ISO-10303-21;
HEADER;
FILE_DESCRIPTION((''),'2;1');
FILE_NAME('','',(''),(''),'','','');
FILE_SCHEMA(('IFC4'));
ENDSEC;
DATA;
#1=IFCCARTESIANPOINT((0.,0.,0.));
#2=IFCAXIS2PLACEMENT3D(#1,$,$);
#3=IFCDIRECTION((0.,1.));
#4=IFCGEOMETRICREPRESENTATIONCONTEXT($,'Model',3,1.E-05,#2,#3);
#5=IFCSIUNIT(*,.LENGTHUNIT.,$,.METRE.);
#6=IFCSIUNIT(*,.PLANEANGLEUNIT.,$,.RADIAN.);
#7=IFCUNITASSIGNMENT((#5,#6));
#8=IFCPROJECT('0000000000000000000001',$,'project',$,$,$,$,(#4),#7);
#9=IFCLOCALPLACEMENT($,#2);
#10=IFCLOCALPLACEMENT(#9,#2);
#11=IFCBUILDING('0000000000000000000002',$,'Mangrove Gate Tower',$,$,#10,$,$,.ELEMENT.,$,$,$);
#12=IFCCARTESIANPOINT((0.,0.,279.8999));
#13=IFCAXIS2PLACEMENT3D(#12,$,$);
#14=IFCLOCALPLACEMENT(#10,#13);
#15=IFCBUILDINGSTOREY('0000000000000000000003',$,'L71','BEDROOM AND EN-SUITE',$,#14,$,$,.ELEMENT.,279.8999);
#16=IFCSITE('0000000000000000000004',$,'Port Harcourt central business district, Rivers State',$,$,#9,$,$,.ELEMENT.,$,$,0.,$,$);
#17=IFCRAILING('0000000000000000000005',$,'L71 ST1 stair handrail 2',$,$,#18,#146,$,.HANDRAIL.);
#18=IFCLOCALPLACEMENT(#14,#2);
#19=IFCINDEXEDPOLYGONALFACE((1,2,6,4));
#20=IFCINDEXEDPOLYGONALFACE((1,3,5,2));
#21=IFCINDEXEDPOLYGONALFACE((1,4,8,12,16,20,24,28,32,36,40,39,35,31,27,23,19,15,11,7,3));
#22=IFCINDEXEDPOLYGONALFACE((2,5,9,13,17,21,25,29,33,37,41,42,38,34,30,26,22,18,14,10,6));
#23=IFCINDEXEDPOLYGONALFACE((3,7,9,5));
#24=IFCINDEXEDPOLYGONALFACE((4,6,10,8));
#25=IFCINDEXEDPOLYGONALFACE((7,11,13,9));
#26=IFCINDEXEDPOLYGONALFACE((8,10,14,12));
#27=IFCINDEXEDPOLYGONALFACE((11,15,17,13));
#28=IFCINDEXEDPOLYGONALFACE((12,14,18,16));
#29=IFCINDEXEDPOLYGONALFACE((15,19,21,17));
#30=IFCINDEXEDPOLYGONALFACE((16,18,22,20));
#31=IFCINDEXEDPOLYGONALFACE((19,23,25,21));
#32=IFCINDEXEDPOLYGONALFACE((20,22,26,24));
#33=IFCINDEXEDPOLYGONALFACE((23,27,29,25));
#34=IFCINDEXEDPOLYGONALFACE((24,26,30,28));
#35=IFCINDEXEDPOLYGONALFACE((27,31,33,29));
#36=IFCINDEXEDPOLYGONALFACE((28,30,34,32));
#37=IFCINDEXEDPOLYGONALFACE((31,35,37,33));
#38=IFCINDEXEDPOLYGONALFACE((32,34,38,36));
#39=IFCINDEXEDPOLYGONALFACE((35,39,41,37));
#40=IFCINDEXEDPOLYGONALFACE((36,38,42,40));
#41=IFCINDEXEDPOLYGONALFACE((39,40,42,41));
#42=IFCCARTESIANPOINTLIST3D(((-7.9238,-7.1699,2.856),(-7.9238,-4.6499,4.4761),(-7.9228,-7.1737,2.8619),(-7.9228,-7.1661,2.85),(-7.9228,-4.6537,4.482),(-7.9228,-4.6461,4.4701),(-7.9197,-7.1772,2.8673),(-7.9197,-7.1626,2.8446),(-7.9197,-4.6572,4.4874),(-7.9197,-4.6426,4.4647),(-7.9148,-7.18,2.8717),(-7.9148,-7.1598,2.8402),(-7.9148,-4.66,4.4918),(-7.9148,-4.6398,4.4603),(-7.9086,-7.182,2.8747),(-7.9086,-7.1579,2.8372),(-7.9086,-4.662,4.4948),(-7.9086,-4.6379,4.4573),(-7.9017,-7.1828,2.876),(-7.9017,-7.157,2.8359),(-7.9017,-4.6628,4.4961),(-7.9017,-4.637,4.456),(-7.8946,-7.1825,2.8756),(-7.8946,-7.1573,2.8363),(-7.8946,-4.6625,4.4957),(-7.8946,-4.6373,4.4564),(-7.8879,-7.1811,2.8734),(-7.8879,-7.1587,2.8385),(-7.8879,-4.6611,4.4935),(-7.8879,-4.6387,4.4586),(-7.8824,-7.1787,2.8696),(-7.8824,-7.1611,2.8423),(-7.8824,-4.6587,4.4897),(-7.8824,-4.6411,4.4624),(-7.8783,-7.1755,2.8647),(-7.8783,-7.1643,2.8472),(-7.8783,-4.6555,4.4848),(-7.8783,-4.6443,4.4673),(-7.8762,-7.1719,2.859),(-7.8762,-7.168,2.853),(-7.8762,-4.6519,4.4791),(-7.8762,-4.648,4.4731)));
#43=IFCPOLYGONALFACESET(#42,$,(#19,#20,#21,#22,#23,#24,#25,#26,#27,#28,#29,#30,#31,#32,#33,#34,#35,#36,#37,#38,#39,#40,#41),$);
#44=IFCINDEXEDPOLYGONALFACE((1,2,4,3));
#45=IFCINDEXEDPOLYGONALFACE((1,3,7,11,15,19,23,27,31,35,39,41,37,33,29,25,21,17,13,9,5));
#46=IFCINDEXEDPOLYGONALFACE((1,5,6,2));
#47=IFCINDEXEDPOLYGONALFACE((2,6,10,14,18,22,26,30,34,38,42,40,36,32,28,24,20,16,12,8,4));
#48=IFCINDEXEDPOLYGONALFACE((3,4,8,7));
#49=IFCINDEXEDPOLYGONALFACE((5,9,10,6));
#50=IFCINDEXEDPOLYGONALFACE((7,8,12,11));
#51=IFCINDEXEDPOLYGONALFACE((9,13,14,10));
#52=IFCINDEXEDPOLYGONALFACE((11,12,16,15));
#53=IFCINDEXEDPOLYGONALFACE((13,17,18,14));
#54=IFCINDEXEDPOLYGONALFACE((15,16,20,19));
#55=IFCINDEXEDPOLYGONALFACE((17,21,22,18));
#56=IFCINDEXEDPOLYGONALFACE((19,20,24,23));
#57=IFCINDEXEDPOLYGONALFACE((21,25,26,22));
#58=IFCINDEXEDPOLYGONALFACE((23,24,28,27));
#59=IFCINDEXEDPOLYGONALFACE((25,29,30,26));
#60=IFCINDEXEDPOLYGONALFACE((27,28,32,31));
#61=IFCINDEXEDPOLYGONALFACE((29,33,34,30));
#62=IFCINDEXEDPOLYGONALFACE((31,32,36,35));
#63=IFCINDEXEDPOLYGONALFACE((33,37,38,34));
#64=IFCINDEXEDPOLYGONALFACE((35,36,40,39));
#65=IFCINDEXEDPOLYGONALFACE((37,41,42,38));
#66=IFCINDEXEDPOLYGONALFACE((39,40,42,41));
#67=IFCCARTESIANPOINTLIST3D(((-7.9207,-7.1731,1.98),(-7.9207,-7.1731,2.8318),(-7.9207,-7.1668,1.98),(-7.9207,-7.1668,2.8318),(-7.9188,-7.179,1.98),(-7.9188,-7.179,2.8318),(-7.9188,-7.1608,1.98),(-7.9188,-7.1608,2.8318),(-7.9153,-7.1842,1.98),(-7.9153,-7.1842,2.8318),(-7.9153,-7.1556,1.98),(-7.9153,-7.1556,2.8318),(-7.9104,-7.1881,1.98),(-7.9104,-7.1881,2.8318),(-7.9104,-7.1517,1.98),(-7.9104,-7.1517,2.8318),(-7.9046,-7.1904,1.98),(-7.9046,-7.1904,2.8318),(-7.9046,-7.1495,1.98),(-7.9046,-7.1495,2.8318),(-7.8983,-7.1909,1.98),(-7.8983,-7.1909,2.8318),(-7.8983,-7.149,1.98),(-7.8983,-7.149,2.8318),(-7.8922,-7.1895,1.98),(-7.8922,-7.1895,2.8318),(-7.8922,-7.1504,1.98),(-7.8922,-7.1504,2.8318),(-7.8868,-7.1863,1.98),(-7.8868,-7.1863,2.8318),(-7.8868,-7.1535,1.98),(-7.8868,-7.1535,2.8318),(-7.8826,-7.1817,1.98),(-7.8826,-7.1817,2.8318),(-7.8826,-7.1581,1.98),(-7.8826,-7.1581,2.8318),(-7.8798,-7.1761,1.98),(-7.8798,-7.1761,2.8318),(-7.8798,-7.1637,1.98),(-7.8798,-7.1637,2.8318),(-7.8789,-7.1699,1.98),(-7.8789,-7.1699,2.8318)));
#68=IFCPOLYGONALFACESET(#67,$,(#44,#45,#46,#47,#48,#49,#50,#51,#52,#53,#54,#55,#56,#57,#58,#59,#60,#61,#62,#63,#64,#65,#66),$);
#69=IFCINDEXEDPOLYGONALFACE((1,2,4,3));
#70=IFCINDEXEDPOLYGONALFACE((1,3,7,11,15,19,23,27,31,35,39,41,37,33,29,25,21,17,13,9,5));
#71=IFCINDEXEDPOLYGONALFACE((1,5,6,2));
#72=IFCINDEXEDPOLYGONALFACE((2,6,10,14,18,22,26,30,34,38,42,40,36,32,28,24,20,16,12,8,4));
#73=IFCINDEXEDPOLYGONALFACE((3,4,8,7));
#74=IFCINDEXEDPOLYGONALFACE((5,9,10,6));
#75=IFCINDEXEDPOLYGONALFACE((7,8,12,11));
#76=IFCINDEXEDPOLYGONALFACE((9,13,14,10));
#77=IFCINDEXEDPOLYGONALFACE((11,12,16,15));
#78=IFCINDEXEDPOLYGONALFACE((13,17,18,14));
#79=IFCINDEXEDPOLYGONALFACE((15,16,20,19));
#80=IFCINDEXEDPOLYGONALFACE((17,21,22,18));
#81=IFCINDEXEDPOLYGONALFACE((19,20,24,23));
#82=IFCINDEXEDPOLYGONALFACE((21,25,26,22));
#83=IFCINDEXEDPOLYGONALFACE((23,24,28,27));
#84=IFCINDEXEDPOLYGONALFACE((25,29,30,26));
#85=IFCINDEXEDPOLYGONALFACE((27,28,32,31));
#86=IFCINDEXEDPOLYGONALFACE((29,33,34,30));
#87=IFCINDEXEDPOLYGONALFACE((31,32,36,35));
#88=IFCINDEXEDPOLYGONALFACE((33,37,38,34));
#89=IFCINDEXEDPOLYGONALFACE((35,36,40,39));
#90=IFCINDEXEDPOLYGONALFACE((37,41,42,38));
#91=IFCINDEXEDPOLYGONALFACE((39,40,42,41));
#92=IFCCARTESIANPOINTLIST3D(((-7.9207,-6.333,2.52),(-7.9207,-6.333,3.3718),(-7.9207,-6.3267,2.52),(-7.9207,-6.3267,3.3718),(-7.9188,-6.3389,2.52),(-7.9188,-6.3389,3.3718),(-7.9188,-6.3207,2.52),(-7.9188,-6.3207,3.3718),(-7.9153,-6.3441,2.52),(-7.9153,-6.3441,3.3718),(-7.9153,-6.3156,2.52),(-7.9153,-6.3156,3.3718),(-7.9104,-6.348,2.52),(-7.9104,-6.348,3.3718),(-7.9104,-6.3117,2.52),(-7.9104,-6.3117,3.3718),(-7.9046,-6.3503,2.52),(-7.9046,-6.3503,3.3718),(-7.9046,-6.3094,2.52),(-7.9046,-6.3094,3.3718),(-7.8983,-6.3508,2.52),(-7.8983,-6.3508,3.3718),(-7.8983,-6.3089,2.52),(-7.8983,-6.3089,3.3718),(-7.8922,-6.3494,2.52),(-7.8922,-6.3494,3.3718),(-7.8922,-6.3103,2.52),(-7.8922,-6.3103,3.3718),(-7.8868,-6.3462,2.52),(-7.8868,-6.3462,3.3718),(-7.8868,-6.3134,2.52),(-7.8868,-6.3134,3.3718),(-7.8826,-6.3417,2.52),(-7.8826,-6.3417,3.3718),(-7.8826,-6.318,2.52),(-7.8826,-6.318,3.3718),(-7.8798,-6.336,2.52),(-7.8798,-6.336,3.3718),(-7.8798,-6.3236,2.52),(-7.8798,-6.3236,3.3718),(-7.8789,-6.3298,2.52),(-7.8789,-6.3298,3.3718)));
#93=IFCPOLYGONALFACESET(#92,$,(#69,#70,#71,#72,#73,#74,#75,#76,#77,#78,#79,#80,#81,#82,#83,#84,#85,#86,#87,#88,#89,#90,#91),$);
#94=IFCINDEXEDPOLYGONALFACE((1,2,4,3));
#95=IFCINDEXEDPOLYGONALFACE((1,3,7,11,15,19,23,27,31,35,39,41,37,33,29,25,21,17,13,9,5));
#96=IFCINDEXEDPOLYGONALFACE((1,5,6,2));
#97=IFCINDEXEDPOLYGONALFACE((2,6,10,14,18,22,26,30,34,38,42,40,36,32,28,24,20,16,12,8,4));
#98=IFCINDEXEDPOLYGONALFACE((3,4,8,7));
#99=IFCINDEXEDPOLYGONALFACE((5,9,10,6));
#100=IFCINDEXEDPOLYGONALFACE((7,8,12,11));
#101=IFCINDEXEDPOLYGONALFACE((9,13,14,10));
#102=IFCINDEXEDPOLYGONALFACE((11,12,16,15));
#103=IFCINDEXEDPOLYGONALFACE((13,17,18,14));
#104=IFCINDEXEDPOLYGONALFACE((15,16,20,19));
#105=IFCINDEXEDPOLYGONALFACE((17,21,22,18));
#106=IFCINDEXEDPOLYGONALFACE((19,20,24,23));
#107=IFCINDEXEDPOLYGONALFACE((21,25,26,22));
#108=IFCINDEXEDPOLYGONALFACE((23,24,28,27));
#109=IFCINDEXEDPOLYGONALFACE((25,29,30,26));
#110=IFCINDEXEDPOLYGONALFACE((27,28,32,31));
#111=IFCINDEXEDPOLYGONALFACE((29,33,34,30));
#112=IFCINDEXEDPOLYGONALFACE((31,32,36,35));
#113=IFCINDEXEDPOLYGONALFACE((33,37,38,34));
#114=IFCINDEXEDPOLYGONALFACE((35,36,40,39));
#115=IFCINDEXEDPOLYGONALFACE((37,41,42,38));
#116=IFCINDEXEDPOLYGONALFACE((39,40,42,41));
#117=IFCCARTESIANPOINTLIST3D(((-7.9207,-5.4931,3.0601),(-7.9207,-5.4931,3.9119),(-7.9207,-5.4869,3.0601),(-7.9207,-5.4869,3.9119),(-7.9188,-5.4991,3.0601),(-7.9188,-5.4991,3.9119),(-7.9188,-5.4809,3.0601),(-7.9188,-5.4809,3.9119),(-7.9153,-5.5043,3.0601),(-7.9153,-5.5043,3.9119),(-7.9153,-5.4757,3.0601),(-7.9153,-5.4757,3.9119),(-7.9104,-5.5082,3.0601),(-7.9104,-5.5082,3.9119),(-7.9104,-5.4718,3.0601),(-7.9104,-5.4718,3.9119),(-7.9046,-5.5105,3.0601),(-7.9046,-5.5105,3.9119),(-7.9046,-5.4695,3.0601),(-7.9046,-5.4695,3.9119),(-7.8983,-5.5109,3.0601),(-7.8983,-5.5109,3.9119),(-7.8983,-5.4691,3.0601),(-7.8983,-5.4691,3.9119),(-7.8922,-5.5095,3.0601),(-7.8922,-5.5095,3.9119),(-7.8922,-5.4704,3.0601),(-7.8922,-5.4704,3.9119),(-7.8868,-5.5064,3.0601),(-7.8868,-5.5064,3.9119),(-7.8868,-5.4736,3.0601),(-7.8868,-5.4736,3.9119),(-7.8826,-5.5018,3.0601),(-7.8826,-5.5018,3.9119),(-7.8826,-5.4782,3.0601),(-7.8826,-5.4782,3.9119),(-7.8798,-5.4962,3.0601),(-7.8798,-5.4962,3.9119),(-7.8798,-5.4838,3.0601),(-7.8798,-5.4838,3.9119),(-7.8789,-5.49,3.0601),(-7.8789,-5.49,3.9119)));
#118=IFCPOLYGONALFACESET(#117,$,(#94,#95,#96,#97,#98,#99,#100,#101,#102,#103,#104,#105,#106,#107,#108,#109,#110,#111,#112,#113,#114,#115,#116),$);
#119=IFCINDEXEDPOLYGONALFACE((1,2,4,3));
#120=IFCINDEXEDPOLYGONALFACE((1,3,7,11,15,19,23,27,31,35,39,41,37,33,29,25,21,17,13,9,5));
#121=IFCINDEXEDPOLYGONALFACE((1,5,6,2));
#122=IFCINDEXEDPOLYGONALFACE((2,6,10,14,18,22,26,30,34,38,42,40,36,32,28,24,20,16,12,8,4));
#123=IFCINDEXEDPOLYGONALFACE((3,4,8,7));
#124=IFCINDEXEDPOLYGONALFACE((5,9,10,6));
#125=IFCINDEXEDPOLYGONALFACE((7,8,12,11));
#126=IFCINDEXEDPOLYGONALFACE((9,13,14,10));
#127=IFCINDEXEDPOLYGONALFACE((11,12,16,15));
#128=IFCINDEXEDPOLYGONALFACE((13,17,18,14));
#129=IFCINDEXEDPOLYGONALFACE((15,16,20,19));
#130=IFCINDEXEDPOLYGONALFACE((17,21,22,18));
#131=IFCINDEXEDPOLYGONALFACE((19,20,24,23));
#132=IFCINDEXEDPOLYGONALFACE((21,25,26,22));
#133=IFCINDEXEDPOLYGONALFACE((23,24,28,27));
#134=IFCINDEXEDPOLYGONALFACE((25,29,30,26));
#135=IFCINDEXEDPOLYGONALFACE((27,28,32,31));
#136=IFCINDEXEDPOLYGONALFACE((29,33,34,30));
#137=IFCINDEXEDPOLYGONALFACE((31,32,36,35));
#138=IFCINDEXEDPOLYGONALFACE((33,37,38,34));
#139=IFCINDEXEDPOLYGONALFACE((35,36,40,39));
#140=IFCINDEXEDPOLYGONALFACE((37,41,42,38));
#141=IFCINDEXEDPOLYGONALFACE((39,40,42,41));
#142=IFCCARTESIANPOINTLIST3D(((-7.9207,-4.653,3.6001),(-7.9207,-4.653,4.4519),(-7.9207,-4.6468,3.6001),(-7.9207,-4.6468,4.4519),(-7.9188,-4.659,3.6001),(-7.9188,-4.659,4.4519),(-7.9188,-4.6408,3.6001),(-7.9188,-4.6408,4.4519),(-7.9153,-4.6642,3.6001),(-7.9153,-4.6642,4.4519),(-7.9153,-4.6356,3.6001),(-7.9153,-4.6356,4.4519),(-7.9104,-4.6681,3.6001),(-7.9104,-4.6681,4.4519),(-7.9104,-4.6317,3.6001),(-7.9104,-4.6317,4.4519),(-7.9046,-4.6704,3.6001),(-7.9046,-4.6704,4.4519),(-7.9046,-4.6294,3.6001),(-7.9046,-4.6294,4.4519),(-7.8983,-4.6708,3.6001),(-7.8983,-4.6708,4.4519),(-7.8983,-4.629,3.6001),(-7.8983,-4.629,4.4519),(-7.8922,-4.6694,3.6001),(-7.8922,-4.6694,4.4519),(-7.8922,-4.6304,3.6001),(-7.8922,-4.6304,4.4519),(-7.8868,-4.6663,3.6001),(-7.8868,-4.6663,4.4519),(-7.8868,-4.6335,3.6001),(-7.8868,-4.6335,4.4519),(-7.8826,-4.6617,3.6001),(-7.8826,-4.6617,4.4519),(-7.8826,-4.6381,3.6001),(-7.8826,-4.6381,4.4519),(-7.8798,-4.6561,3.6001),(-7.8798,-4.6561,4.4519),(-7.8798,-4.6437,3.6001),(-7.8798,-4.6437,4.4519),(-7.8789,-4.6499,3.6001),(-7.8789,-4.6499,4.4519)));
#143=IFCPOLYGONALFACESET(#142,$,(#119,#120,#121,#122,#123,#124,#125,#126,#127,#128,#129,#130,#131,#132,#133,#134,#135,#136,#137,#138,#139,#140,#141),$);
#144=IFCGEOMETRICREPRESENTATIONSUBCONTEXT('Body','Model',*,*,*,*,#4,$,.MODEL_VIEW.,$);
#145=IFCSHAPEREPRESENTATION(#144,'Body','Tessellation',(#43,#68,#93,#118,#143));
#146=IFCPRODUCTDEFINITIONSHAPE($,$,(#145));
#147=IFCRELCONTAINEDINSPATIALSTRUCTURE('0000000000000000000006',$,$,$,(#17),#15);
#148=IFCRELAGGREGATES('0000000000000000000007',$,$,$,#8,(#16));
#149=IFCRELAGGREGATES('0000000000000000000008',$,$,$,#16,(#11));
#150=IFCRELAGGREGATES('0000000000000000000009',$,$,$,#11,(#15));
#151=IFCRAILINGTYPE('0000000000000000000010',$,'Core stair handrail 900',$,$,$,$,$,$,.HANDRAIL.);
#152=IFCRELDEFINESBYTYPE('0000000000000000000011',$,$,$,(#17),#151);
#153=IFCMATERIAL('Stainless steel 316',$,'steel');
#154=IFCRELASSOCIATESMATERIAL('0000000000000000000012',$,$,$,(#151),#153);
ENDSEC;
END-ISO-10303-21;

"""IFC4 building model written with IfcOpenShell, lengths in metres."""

from ifc_helpers import new_model, si_unit, direction, frame, origin, origin_2d, place, context, subcontext, project, spatial, circle, extrude, material, type_object, element, save


model = new_model("IFC4")

# Units and contexts
model_context = context("Model", 3, precision=1e-05, world=origin(), true_north=direction((0.0, 1.0)))
body_context = subcontext(model_context, "Body", "Model", "MODEL_VIEW")
ifc_project = project(units=[si_unit("LENGTHUNIT", "METRE"), si_unit("PLANEANGLEUNIT", "RADIAN")], contexts=[model_context])

# Site, building, storey
site_placement = place(None, origin())
site = spatial("IfcSite", under=ifc_project, at=site_placement, Name="Port Harcourt central business district, Rivers State", CompositionType="ELEMENT", RefElevation=0.0)
building_placement = place(site_placement, origin())
building = spatial("IfcBuilding", under=site, at=building_placement, Name="Mangrove Gate Tower", CompositionType="ELEMENT")
storey_placement = place(building_placement, frame((0.0, 0.0, 279.8999)))
storey = spatial("IfcBuildingStorey", under=building, at=storey_placement, Name="L71", Description="BEDROOM AND EN-SUITE", CompositionType="ELEMENT", Elevation=279.8999)

# Railing
ifc_material_1 = material(Name="Stainless steel 316", Category="steel")
railing_type_1 = type_object("IfcRailingType", Name="Core stair handrail 900", PredefinedType="HANDRAIL", material=ifc_material_1)
railing_1_placement = place(storey_placement, frame((-7.8999, -7.1699, 1.98)))
element("IfcRailing", 1, at=railing_1_placement, inside=storey, type_object=railing_type_1, Name="L71 ST1 stair handrail 2", PredefinedType="HANDRAIL", context=body_context, shape_type="SweptSolid", body=[
    extrude(circle(Radius=0.0239, at=origin_2d()), frame((0.0, 0.0, 0.876), z_axis=(0.0, 0.841163, 0.540782), x_axis=(-1.0, 0.0, 0.0)), (0.0, 0.0, 1.0), 2.9958),
    extrude(circle(Radius=0.021, at=origin_2d()), origin(), (0.0, 0.0, 1.0), 0.8518),
    extrude(circle(Radius=0.021, at=origin_2d()), frame((0.0, 0.8401, 0.54)), (0.0, 0.0, 1.0), 0.8518),
    extrude(circle(Radius=0.021, at=origin_2d()), frame((0.0, 1.6799, 1.0801)), (0.0, 0.0, 1.0), 0.8518),
    extrude(circle(Radius=0.021, at=origin_2d()), frame((0.0, 2.52, 1.6201)), (0.0, 0.0, 1.0), 0.8518),
])

save(model, "model.ifc")
